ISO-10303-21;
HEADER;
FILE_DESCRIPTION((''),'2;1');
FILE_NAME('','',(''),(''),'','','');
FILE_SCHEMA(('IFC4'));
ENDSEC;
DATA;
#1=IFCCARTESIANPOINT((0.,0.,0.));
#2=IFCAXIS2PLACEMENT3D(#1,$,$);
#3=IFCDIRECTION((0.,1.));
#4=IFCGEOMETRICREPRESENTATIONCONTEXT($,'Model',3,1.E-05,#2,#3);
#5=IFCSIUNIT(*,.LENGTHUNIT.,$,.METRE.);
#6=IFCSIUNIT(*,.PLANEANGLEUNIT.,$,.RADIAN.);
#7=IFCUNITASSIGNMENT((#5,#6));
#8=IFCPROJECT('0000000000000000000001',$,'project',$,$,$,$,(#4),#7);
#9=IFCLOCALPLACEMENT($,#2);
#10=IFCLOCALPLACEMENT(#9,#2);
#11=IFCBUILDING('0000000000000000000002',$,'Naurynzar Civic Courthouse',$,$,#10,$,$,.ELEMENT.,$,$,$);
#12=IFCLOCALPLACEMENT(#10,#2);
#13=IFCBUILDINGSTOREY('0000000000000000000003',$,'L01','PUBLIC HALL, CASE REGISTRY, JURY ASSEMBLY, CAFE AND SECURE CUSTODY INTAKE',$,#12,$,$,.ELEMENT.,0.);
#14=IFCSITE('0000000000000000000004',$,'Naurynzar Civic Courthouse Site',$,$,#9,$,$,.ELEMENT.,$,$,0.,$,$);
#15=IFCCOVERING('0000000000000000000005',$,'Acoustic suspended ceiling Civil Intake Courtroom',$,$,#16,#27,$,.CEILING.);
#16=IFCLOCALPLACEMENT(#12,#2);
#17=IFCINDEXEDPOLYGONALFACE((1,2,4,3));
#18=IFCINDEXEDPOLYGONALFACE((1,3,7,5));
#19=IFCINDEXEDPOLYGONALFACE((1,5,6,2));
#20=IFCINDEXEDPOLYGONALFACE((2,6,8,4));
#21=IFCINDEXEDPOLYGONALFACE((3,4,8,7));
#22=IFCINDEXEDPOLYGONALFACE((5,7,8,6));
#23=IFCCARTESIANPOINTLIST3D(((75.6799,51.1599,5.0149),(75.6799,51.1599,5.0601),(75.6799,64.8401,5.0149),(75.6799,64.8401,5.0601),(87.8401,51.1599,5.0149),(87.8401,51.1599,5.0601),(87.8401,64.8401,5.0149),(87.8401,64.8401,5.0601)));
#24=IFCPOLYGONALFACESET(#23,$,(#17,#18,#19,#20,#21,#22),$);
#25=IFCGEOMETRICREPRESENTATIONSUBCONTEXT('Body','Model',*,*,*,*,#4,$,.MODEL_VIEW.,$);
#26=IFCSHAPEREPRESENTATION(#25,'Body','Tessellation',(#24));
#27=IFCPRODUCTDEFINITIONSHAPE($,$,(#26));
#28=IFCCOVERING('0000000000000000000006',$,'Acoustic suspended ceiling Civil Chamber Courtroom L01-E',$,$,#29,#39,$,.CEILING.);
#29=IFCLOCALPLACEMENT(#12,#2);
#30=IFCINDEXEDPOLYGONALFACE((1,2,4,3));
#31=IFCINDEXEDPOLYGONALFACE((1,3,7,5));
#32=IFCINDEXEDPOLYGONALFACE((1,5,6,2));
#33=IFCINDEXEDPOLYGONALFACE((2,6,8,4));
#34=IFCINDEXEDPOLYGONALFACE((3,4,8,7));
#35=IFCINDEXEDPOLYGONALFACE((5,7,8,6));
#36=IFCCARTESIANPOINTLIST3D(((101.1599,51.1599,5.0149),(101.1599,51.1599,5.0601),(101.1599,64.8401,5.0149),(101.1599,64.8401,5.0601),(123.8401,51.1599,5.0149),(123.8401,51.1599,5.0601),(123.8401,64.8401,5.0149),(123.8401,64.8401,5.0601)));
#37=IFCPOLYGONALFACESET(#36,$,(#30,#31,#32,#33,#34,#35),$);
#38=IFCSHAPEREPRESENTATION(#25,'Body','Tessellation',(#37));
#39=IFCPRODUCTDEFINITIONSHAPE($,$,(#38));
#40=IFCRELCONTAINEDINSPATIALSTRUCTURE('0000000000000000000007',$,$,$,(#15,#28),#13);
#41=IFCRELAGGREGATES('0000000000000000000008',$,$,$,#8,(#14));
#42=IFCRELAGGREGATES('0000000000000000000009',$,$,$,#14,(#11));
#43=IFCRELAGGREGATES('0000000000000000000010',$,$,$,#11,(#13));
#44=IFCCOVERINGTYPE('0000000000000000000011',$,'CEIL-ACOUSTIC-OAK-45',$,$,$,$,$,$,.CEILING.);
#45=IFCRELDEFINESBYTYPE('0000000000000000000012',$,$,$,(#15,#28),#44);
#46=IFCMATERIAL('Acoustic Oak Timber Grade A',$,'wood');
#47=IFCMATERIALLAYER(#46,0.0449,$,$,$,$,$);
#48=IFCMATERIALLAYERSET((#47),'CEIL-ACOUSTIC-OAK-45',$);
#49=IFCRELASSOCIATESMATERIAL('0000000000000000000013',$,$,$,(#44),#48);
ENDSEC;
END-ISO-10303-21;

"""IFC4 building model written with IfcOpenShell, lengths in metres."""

from ifc_helpers import new_model, si_unit, direction, frame, origin, place, context, subcontext, project, spatial, polyline, outline, extrude, material, layer, layer_set, type_object, element, save


model = new_model("IFC4")

# Units and contexts
model_context = context("Model", 3, precision=1e-05, world=origin(), true_north=direction((0.0, 1.0)))
body_context = subcontext(model_context, "Body", "Model", "MODEL_VIEW")
ifc_project = project(units=[si_unit("LENGTHUNIT", "METRE"), si_unit("PLANEANGLEUNIT", "RADIAN")], contexts=[model_context])

# Site, building, storey
site_placement = place(None, origin())
site = spatial("IfcSite", under=ifc_project, at=site_placement, Name="Naurynzar Civic Courthouse Site", CompositionType="ELEMENT", RefElevation=0.0)
building_placement = place(site_placement, origin())
building = spatial("IfcBuilding", under=site, at=building_placement, Name="Naurynzar Civic Courthouse", CompositionType="ELEMENT")
storey_placement = place(building_placement, origin())
storey = spatial("IfcBuildingStorey", under=building, at=storey_placement, Name="L01", Description="PUBLIC HALL, CASE REGISTRY, JURY ASSEMBLY, CAFE AND SECURE CUSTODY INTAKE", CompositionType="ELEMENT", Elevation=0.0)

# Coverings
ifc_material_1 = material(Name="Acoustic Oak Timber Grade A", Category="wood")
ifc_layer_1 = layer(ifc_material_1, 0.0449)
ifc_layer_set_1 = layer_set([ifc_layer_1], Name="CEIL-ACOUSTIC-OAK-45")
covering_type = type_object("IfcCoveringType", Name="CEIL-ACOUSTIC-OAK-45", PredefinedType="CEILING", material=ifc_layer_set_1)
covering_1_placement = place(storey_placement, frame((0.0, 0.0, 5.0149)))
element("IfcCovering", 1, at=covering_1_placement, inside=storey, type_object=covering_type, Name="Acoustic suspended ceiling Civil Intake Courtroom", PredefinedType="CEILING", context=body_context, shape_type="SweptSolid", body=[
    extrude(outline(polyline([(87.8401, 51.1599), (75.6799, 51.1599), (75.6799, 64.8401), (87.8401, 64.8401), (87.8401, 51.1599)])), origin(), (0.0, 0.0, 1.0), 0.0452),
])
covering_2_placement = place(storey_placement, frame((0.0, 0.0, 5.0149)))
element("IfcCovering", 2, at=covering_2_placement, inside=storey, type_object=covering_type, Name="Acoustic suspended ceiling Civil Chamber Courtroom L01-E", PredefinedType="CEILING", context=body_context, shape_type="SweptSolid", body=[
    extrude(outline(polyline([(123.8401, 51.1599), (101.1599, 51.1599), (101.1599, 64.8401), (123.8401, 64.8401), (123.8401, 51.1599)])), origin(), (0.0, 0.0, 1.0), 0.0452),
])

save(model, "model.ifc")
